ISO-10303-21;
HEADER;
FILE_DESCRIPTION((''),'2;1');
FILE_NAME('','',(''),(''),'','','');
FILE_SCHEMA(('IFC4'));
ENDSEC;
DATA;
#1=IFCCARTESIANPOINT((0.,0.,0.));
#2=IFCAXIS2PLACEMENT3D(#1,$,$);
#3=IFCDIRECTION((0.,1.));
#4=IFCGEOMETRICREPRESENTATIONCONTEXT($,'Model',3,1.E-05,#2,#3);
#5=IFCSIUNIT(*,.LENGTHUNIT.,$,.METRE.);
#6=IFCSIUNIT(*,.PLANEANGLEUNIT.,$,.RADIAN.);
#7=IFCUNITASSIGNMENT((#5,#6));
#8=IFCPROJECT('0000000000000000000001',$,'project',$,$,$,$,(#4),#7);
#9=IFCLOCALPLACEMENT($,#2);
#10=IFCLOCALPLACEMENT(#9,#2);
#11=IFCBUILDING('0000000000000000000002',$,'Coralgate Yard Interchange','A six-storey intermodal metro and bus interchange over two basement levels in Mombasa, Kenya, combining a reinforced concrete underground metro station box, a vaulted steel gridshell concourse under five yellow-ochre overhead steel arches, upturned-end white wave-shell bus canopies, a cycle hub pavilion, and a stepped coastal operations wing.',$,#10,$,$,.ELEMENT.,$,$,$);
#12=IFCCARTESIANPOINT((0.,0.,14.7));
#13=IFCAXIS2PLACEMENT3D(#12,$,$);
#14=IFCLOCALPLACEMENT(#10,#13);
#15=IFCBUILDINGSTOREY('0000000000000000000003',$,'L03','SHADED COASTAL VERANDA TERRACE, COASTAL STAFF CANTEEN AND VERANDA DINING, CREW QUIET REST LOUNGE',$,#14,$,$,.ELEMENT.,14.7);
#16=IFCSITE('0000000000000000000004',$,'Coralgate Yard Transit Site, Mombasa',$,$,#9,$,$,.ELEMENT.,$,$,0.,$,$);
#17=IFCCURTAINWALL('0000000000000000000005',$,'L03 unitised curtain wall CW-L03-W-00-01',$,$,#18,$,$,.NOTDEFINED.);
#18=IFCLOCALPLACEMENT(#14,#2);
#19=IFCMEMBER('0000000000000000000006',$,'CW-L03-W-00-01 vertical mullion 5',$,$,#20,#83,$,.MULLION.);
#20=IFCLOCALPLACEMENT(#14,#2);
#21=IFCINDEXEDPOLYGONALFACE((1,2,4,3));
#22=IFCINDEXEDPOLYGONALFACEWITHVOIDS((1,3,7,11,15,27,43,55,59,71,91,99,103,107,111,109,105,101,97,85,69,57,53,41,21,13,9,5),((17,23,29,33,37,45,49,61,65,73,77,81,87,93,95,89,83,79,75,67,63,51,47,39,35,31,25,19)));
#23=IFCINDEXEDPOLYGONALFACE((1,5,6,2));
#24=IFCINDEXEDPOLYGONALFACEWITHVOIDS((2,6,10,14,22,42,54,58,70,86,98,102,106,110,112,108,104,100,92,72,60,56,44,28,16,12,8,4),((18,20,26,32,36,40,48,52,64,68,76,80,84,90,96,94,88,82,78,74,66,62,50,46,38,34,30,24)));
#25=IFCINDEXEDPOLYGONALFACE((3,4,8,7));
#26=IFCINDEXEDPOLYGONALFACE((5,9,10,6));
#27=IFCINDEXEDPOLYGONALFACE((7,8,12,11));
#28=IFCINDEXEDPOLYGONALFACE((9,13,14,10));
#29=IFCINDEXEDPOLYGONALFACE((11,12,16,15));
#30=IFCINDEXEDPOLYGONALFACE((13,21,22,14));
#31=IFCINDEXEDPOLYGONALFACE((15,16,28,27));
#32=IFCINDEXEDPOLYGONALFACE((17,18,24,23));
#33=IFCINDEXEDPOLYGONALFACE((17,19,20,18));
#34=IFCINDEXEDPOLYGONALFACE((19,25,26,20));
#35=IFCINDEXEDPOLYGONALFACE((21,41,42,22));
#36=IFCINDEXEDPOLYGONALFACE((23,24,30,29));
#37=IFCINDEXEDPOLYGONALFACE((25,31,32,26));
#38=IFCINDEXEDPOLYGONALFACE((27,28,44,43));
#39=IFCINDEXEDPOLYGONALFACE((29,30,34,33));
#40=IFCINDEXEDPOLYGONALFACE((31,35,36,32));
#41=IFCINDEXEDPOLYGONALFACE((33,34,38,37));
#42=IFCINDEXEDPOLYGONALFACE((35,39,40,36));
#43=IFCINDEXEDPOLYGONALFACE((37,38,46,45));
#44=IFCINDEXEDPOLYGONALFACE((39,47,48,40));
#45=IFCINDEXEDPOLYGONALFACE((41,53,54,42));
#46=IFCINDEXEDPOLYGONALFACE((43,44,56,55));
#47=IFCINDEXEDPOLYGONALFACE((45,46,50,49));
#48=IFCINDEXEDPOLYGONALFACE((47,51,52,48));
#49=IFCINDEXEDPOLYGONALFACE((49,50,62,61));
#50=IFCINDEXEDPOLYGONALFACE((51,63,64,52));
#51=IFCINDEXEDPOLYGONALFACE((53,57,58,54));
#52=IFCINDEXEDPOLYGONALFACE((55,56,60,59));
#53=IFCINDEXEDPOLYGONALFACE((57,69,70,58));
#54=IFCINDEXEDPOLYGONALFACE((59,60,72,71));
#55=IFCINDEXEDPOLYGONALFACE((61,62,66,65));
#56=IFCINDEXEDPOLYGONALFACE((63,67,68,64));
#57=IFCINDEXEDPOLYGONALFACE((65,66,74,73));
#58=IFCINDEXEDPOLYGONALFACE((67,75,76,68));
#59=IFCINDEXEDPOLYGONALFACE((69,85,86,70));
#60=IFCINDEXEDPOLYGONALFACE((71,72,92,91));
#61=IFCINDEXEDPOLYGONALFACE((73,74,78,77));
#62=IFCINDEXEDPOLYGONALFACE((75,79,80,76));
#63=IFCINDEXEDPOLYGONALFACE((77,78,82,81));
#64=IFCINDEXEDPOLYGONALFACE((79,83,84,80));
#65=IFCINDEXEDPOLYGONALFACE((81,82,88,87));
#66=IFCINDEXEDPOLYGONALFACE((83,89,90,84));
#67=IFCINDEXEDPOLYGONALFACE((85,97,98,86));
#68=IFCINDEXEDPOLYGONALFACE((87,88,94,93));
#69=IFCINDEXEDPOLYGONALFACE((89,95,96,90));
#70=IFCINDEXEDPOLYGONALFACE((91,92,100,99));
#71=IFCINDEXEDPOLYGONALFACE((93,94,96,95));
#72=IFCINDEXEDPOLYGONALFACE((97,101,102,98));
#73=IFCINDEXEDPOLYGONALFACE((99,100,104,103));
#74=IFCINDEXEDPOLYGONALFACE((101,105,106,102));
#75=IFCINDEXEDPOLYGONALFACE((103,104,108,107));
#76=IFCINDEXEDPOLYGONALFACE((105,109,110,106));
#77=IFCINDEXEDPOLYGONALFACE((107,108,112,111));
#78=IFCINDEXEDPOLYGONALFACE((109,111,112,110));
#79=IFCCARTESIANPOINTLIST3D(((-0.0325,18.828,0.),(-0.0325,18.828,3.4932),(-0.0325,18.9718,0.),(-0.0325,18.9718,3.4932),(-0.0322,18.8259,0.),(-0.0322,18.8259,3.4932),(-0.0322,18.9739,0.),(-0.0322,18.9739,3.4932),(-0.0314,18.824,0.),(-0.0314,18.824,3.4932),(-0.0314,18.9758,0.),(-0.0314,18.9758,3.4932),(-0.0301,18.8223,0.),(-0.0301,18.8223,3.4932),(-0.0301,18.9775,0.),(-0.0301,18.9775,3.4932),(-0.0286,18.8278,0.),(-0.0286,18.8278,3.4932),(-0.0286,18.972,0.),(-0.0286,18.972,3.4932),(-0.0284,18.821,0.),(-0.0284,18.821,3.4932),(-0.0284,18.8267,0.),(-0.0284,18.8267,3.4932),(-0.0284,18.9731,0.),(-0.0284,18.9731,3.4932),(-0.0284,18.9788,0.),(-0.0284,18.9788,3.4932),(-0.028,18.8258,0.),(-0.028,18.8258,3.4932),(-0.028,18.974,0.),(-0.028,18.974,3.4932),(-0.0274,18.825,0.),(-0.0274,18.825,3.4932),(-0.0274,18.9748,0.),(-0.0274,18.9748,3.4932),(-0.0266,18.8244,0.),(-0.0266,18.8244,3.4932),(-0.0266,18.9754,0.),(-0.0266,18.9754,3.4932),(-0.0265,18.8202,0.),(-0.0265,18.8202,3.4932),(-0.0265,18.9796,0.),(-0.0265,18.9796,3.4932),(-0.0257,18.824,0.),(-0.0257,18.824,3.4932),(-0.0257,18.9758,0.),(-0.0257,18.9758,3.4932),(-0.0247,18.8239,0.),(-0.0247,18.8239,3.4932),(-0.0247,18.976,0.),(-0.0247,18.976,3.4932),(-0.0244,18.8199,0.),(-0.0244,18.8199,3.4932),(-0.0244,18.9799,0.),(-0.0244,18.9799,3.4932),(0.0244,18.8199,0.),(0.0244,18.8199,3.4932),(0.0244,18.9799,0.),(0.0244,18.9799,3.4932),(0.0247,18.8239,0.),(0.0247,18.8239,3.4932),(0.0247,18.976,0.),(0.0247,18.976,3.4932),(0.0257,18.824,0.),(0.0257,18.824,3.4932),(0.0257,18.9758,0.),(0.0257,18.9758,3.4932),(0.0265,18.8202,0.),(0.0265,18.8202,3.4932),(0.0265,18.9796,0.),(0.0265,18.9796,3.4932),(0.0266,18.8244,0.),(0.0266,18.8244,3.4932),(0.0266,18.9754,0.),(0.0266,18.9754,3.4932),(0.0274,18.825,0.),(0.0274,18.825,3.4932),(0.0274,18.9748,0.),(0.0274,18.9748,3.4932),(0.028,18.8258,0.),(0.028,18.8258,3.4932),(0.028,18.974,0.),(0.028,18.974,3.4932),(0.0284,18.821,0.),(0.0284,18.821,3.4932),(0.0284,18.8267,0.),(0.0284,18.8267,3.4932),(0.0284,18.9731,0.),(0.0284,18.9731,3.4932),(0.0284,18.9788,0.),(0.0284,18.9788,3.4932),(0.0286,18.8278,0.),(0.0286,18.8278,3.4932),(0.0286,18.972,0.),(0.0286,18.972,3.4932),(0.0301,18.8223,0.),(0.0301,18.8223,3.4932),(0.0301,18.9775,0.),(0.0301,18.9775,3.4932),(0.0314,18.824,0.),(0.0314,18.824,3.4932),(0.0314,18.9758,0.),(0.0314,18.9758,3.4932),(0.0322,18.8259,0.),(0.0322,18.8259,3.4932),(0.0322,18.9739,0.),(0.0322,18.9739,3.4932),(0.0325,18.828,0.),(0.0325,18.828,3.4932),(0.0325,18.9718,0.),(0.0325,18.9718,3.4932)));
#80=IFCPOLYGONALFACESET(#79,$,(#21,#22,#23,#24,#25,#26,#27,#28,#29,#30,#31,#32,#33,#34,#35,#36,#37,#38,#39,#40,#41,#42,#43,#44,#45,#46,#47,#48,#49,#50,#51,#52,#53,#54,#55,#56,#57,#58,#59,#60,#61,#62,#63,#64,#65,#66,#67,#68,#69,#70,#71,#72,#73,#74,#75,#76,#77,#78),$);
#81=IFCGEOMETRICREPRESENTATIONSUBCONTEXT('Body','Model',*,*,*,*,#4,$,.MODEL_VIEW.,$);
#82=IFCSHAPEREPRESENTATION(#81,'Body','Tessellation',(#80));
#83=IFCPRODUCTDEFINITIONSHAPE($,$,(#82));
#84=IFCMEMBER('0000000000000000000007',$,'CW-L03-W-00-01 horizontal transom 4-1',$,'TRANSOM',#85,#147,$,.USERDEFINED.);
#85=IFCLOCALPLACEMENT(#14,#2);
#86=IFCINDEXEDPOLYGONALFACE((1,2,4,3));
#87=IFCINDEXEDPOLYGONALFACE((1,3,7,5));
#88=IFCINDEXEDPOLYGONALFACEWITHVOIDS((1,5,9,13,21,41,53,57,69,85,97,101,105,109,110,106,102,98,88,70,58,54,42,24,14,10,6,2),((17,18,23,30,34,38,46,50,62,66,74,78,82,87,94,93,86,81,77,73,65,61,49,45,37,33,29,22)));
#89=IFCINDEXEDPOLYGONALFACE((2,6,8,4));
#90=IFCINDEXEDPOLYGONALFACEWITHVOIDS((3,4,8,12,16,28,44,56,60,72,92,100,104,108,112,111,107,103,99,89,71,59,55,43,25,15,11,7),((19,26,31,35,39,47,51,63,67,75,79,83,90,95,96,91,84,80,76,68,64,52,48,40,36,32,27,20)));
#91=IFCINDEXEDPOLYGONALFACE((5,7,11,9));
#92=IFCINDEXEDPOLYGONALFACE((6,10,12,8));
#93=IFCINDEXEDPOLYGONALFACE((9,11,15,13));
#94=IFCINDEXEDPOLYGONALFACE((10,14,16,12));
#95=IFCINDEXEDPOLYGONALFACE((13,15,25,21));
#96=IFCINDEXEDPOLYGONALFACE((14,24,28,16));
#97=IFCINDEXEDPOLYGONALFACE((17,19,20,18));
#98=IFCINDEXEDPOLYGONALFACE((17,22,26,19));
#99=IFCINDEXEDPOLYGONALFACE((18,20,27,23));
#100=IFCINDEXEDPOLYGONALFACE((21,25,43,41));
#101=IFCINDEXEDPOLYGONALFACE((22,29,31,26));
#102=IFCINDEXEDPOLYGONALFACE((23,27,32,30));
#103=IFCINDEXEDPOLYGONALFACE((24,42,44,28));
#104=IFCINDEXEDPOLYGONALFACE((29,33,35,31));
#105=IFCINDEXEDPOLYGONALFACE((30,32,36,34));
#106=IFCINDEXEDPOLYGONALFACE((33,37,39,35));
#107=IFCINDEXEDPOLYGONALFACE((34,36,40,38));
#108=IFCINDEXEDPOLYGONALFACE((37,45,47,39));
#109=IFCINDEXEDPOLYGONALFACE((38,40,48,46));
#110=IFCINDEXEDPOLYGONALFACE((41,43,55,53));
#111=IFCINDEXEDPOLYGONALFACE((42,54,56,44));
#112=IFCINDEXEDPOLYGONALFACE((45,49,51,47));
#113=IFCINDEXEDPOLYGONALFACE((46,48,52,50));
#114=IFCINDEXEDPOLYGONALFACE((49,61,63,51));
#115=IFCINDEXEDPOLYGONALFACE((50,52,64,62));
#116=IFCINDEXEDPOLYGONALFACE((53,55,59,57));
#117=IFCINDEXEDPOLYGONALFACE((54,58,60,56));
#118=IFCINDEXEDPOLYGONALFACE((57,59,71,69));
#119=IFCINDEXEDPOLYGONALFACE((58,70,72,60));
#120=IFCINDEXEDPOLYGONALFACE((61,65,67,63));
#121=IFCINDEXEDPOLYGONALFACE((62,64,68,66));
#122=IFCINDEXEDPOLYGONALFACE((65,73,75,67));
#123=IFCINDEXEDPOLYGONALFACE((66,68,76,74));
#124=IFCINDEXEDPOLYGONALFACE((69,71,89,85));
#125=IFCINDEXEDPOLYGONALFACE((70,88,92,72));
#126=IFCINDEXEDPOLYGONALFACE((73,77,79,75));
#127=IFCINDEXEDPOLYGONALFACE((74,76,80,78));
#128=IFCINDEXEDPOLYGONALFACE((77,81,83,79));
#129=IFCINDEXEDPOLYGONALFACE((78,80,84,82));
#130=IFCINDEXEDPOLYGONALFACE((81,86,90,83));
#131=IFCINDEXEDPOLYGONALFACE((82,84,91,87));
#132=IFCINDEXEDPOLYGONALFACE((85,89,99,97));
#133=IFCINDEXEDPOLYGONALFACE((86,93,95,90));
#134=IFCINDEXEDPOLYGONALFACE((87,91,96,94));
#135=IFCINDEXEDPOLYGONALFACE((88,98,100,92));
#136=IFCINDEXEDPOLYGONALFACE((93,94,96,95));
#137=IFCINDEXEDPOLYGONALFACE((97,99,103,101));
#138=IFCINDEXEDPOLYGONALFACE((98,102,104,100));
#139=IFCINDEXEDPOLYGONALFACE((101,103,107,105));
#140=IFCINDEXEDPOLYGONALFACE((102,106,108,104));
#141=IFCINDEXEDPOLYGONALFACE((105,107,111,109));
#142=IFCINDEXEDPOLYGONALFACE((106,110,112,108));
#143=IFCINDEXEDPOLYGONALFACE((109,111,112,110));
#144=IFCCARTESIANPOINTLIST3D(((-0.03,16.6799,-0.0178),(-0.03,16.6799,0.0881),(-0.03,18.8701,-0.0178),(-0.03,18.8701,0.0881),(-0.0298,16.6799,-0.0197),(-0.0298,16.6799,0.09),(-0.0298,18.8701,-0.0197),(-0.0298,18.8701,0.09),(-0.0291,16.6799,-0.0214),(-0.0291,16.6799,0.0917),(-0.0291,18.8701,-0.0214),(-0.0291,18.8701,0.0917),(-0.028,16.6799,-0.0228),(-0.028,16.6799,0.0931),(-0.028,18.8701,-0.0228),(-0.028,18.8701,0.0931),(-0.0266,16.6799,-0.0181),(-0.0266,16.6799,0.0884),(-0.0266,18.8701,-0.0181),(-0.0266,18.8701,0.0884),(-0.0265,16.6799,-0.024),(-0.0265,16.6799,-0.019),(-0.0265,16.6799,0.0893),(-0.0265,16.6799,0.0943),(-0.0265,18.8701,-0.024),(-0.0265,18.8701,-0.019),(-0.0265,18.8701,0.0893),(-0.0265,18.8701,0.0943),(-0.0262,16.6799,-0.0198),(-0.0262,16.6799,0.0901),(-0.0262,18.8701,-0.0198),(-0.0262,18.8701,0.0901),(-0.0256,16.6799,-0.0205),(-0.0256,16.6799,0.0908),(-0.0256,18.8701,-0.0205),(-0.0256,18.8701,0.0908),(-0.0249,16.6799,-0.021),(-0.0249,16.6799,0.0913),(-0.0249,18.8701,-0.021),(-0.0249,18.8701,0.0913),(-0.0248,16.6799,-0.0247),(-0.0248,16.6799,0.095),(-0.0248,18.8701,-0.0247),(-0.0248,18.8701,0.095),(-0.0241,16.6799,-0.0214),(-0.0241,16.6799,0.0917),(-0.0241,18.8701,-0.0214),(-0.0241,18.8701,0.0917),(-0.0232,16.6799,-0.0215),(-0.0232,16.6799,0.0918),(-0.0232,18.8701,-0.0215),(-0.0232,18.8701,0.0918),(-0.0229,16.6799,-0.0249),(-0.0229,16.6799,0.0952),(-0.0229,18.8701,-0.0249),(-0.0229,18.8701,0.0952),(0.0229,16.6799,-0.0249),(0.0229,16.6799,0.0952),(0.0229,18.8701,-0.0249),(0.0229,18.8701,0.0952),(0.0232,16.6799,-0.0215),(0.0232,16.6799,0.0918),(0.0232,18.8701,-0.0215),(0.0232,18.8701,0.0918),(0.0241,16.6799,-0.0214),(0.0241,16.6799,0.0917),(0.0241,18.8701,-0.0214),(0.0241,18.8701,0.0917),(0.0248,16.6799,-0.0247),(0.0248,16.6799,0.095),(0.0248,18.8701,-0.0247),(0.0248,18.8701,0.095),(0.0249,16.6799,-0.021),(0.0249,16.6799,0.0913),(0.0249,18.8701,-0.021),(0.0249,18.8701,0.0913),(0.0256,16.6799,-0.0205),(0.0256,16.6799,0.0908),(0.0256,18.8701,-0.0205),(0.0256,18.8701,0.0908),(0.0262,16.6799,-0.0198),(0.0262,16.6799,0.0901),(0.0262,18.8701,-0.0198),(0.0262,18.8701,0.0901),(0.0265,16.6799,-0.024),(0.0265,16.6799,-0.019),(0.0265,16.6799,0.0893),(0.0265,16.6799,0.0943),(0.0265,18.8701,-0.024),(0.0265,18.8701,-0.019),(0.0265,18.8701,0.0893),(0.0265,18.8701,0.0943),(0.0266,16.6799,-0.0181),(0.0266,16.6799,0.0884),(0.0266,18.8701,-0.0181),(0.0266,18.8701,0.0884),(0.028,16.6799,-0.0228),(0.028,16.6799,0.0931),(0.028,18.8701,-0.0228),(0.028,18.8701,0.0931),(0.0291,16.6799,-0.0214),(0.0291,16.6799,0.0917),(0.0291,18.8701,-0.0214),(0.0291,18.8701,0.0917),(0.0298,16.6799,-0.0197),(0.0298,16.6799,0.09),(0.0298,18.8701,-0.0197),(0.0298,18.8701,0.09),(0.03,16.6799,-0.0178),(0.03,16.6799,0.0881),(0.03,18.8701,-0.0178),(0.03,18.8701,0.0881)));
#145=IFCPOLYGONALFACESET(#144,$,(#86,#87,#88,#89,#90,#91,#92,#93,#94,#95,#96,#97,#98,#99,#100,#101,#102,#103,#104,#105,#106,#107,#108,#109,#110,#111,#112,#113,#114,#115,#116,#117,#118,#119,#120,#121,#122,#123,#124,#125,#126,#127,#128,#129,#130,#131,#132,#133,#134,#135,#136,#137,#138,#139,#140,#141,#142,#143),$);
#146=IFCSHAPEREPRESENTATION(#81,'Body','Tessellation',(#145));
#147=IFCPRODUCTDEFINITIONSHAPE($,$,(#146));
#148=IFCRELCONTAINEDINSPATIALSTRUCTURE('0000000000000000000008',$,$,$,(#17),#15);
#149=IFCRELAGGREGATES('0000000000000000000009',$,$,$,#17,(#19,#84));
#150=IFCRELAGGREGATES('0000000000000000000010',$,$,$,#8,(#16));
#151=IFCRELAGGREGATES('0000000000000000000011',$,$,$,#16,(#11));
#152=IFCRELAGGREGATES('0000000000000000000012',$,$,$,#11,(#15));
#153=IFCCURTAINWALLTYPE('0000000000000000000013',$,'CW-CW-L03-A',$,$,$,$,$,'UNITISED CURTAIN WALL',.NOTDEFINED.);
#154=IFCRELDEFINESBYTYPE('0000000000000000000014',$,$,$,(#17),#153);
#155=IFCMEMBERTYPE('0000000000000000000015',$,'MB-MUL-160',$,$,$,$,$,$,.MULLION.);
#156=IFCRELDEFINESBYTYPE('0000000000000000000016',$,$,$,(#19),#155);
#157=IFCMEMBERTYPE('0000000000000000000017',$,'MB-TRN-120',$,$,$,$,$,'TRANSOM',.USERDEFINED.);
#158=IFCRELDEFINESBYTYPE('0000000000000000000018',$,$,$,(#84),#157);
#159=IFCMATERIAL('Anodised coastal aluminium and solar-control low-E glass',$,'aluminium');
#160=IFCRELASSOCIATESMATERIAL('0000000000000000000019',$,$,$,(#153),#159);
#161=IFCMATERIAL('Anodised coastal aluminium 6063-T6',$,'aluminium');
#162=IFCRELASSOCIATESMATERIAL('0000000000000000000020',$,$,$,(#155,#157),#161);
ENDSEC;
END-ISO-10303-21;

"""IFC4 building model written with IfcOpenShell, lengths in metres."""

from ifc_helpers import new_model, si_unit, direction, frame, origin, origin_2d, place, context, subcontext, project, spatial, hollow_rectangle, extrude, material, material_profile, profile_set, type_object, element, aggregate, save


model = new_model("IFC4")

# Units and contexts
model_context = context("Model", 3, precision=1e-05, world=origin(), true_north=direction((0.0, 1.0)))
body_context = subcontext(model_context, "Body", "Model", "MODEL_VIEW")
ifc_project = project(units=[si_unit("LENGTHUNIT", "METRE"), si_unit("PLANEANGLEUNIT", "RADIAN")], contexts=[model_context])

# Site, building, storey
site_placement = place(None, origin())
site = spatial("IfcSite", under=ifc_project, at=site_placement, Name="Coralgate Yard Transit Site, Mombasa", CompositionType="ELEMENT", RefElevation=0.0)
building_placement = place(site_placement, origin())
building = spatial("IfcBuilding", under=site, at=building_placement, Name="Coralgate Yard Interchange", Description="A six-storey intermodal metro and bus interchange over two basement levels in Mombasa, Kenya, combining a reinforced concrete underground metro station box, a vaulted steel gridshell concourse under five yellow-ochre overhead steel arches, upturned-end white wave-shell bus canopies, a cycle hub pavilion, and a stepped coastal operations wing.", CompositionType="ELEMENT")
storey_placement = place(building_placement, frame((0.0, 0.0, 14.7)))
storey = spatial("IfcBuildingStorey", under=building, at=storey_placement, Name="L03", Description="SHADED COASTAL VERANDA TERRACE, COASTAL STAFF CANTEEN AND VERANDA DINING, CREW QUIET REST LOUNGE", CompositionType="ELEMENT", Elevation=14.7)

# Curtain wall, members
ifc_material_1 = material(Name="Anodised coastal aluminium and solar-control low-E glass", Category="aluminium")
curtain_wall_type = type_object("IfcCurtainWallType", Name="CW-CW-L03-A", ElementType="UNITISED CURTAIN WALL", PredefinedType="NOTDEFINED", material=ifc_material_1)
curtain_wall_placement = place(storey_placement, origin())
curtain_wall = element("IfcCurtainWall", 1, at=curtain_wall_placement, inside=storey, type_object=curtain_wall_type, Name="L03 unitised curtain wall CW-L03-W-00-01", PredefinedType="NOTDEFINED")
ifc_material_2 = material(Name="Anodised coastal aluminium 6063-T6", Category="aluminium")
ifc_material_profile_1 = material_profile(ifc_material_2, hollow_rectangle(XDim=0.0649, YDim=0.1599, WallThickness=0.0039, InnerFilletRadius=0.0039, OuterFilletRadius=0.0081, at=origin_2d()), Name="ALU 65x160x4")
ifc_profile_set_1 = profile_set([ifc_material_profile_1], Name="Anodised coastal aluminium 6063-T6")
member_type_1 = type_object("IfcMemberType", Name="MB-MUL-160", PredefinedType="MULLION", material=ifc_profile_set_1)
member_1_placement = place(storey_placement, frame((0.0, 18.8999, 0.0), z_axis=(0.0, 0.0, 1.0), x_axis=(1.0, 0.0, 0.0)))
member_1 = element("IfcMember", 2, at=member_1_placement, type_object=member_type_1, Name="CW-L03-W-00-01 vertical mullion 5", PredefinedType="MULLION", context=body_context, shape_type="SweptSolid", body=[
    extrude(hollow_rectangle(XDim=0.0649, YDim=0.1599, WallThickness=0.0039, InnerFilletRadius=0.0039, OuterFilletRadius=0.0081, at=origin_2d()), origin(), (0.0, 0.0, 1.0), 3.4932),
])
ifc_material_profile_2 = material_profile(ifc_material_2, hollow_rectangle(XDim=0.0601, YDim=0.1201, WallThickness=0.0034, InnerFilletRadius=0.0034, OuterFilletRadius=0.0071, at=origin_2d()), Name="ALU 60x120x3.5")
ifc_profile_set_2 = profile_set([ifc_material_profile_2], Name="Anodised coastal aluminium 6063-T6")
member_type_2 = type_object("IfcMemberType", Name="MB-TRN-120", ElementType="TRANSOM", PredefinedType="USERDEFINED", material=ifc_profile_set_2)
member_2_placement = place(storey_placement, frame((0.0, 16.6799, 0.0352), z_axis=(0.0, 1.0, 0.0), x_axis=(-1.0, 0.0, 0.0)))
member_2 = element("IfcMember", 3, at=member_2_placement, type_object=member_type_2, Name="CW-L03-W-00-01 horizontal transom 4-1", ObjectType="TRANSOM", PredefinedType="USERDEFINED", context=body_context, shape_type="SweptSolid", body=[
    extrude(hollow_rectangle(XDim=0.0601, YDim=0.1201, WallThickness=0.0034, InnerFilletRadius=0.0034, OuterFilletRadius=0.0071, at=origin_2d()), origin(), (0.0, 0.0, 1.0), 2.1902),
])
aggregate(curtain_wall, [member_1, member_2])

save(model, "model.ifc")
